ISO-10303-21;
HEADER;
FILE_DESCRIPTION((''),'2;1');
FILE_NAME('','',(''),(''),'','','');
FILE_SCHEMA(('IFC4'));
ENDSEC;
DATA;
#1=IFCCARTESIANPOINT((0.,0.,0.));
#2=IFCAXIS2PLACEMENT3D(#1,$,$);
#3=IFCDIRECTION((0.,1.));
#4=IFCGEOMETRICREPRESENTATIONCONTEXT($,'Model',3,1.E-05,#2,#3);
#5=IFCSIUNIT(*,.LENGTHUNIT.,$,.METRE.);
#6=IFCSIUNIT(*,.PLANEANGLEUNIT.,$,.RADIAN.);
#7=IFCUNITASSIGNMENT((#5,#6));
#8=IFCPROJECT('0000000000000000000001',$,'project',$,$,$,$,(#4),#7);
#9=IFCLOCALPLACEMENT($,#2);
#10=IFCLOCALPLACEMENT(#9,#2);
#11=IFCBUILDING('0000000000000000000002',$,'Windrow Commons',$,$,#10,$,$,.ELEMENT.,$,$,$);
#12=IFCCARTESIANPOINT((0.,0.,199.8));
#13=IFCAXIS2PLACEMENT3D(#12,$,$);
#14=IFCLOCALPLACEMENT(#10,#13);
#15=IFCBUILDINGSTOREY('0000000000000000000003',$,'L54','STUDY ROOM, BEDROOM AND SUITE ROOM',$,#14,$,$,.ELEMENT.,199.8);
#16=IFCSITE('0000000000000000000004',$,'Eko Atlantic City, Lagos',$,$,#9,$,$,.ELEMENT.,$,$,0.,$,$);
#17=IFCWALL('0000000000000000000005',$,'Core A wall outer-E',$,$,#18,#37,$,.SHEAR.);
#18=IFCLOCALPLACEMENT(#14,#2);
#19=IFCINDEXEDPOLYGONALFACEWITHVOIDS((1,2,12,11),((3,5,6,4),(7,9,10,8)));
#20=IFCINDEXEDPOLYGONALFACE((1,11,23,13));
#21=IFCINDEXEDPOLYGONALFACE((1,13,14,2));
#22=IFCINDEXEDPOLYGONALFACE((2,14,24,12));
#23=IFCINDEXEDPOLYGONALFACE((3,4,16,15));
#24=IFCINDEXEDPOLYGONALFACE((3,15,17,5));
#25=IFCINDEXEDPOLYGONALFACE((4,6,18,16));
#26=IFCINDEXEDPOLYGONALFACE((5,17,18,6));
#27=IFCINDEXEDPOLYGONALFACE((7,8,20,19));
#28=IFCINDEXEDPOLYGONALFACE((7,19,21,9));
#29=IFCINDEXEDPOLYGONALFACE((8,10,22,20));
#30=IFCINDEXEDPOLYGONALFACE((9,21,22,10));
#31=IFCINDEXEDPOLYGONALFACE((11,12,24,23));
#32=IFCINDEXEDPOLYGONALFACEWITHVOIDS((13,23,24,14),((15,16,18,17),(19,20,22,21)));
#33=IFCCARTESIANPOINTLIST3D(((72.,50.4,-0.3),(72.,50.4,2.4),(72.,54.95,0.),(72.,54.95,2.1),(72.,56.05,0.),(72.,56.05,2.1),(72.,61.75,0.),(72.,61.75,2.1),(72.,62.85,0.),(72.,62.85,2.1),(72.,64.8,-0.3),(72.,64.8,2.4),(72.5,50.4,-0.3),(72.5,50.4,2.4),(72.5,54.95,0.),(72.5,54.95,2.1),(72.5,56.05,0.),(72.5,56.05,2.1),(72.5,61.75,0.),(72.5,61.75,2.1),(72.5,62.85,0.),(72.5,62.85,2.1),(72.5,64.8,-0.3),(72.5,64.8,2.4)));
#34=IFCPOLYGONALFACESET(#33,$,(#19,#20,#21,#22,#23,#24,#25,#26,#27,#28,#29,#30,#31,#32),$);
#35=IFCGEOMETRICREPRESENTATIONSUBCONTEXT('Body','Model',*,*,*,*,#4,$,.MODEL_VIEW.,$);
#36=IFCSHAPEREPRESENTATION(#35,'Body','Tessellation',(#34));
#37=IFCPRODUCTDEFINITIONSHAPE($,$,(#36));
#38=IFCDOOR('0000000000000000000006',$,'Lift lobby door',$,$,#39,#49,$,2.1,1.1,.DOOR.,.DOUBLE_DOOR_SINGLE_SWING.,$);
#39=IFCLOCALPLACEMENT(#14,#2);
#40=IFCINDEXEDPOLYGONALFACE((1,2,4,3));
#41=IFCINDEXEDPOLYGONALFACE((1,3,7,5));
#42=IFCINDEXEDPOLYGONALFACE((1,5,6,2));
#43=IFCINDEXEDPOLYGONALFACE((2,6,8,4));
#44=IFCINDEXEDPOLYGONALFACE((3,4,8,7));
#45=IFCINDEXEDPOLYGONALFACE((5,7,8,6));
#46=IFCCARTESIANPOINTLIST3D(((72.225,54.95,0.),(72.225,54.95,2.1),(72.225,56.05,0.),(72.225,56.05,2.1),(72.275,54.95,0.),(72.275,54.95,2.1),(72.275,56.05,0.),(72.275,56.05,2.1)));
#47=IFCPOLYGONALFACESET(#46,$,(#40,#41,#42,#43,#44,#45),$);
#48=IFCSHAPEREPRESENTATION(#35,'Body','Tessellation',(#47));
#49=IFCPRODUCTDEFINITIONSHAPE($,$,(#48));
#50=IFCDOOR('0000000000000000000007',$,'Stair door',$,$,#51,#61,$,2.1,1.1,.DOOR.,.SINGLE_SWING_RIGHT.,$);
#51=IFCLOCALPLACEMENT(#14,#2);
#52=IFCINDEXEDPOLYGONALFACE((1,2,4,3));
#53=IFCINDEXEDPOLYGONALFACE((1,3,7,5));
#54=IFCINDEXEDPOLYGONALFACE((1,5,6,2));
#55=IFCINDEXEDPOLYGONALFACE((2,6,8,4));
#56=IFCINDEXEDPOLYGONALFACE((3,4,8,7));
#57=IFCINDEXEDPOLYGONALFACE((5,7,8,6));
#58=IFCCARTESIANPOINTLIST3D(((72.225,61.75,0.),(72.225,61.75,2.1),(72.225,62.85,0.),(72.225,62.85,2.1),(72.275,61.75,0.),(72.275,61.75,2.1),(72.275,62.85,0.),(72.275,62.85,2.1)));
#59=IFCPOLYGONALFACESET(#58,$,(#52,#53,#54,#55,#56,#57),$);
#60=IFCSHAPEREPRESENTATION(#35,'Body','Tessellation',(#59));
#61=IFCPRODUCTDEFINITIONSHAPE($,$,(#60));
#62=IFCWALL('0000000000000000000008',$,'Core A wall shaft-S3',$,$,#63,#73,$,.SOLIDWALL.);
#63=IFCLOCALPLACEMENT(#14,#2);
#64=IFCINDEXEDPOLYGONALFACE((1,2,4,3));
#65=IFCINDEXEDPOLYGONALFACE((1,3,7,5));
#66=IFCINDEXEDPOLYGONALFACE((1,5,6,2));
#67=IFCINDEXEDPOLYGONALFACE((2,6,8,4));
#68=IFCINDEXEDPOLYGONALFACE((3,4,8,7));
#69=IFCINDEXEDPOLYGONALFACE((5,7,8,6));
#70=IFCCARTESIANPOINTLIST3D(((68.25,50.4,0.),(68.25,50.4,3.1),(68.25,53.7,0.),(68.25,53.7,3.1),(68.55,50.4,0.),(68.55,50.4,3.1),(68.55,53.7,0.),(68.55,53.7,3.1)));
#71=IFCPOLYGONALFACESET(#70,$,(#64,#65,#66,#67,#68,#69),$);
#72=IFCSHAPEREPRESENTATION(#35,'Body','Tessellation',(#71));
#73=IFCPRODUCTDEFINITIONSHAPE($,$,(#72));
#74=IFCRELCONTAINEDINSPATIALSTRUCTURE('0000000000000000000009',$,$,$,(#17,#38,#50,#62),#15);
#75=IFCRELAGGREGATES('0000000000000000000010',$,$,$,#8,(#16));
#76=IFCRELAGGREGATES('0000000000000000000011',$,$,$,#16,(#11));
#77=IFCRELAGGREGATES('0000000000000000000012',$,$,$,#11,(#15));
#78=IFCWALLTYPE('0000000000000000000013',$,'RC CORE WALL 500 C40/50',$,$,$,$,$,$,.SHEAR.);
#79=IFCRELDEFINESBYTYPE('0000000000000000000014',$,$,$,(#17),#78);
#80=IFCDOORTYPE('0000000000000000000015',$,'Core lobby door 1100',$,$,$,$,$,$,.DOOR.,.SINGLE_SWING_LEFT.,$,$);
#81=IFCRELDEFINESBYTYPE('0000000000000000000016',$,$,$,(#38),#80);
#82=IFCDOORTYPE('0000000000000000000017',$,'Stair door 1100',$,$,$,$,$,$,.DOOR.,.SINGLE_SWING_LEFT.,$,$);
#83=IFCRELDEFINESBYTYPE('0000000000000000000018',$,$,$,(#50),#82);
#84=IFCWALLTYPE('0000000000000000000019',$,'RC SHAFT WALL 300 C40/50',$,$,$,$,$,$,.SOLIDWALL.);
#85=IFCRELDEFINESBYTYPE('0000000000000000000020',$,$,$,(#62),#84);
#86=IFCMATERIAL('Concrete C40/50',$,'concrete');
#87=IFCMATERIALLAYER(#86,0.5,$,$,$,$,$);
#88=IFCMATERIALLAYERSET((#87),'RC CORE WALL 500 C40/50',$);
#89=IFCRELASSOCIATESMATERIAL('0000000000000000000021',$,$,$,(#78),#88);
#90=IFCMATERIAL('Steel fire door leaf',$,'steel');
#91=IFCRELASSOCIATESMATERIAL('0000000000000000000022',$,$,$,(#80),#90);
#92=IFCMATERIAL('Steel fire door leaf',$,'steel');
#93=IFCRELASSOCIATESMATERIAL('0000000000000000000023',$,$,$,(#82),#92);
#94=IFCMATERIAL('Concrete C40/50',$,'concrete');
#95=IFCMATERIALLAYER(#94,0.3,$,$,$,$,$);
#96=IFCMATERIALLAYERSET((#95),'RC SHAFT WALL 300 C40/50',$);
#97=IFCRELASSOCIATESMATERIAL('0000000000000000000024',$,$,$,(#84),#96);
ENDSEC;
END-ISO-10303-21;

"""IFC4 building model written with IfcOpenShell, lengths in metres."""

from ifc_helpers import new_model, si_unit, direction, frame, frame_2d, origin, place, context, subcontext, project, spatial, rectangle, extrude, material, layer, layer_set, type_object, element, fill, save


model = new_model("IFC4")

# Units and contexts
model_context = context("Model", 3, precision=1e-05, world=origin(), true_north=direction((0.0, 1.0)))
body_context = subcontext(model_context, "Body", "Model", "MODEL_VIEW")
ifc_project = project(units=[si_unit("LENGTHUNIT", "METRE"), si_unit("PLANEANGLEUNIT", "RADIAN")], contexts=[model_context])

# Site, building, storey
site_placement = place(None, origin())
site = spatial("IfcSite", under=ifc_project, at=site_placement, Name="Eko Atlantic City, Lagos", CompositionType="ELEMENT", RefElevation=0.0)
building_placement = place(site_placement, origin())
building = spatial("IfcBuilding", under=site, at=building_placement, Name="Windrow Commons", CompositionType="ELEMENT")
storey_placement = place(building_placement, frame((0.0, 0.0, 199.8)))
storey = spatial("IfcBuildingStorey", under=building, at=storey_placement, Name="L54", Description="STUDY ROOM, BEDROOM AND SUITE ROOM", CompositionType="ELEMENT", Elevation=199.8)

# Wall, openings, doors
ifc_material_1 = material(Name="Concrete C40/50", Category="concrete")
ifc_layer_1 = layer(ifc_material_1, 0.5)
ifc_layer_set_1 = layer_set([ifc_layer_1], Name="RC CORE WALL 500 C40/50")
wall_type_1 = type_object("IfcWallType", Name="RC CORE WALL 500 C40/50", PredefinedType="SHEAR", material=ifc_layer_set_1)
wall_1_placement = place(storey_placement, frame((72.25, 50.4, -0.3), z_axis=(0.0, 0.0, 1.0), x_axis=(0.0, 1.0, 0.0)))
wall_1 = element("IfcWall", 1, at=wall_1_placement, inside=storey, type_object=wall_type_1, Name="Core A wall outer-E", PredefinedType="SHEAR", context=body_context, shape_type="SweptSolid", body=[
    extrude(rectangle(XDim=14.4, YDim=0.5, at=frame_2d((7.2, 0.0))), origin(), (0.0, 0.0, 1.0), 2.7),
])
opening_1_placement = place(wall_1_placement, frame((4.55, 0.0, 0.3)))
opening_1 = element("IfcOpeningElement", 2, at=opening_1_placement, cuts=wall_1, PredefinedType="OPENING", context=body_context, shape_type="SweptSolid", body=[
    extrude(rectangle(XDim=1.1, YDim=2.1, at=frame_2d((0.55, 1.05))), frame((0.0, 0.26, 0.0), z_axis=(0.0, -1.0, 0.0), x_axis=(1.0, 0.0, 0.0)), (0.0, 0.0, 1.0), 0.52),
])
opening_2_placement = place(wall_1_placement, frame((11.35, 0.0, 0.3)))
opening_2 = element("IfcOpeningElement", 3, at=opening_2_placement, cuts=wall_1, PredefinedType="OPENING", context=body_context, shape_type="SweptSolid", body=[
    extrude(rectangle(XDim=1.1, YDim=2.1, at=frame_2d((0.55, 1.05))), frame((0.0, 0.26, 0.0), z_axis=(0.0, -1.0, 0.0), x_axis=(1.0, 0.0, 0.0)), (0.0, 0.0, 1.0), 0.52),
])
ifc_material_2 = material(Name="Steel fire door leaf", Category="steel")
door_type_1 = type_object("IfcDoorType", Name="Core lobby door 1100", OperationType="SINGLE_SWING_LEFT", PredefinedType="DOOR", material=ifc_material_2)
door_1_placement = place(opening_1_placement, origin())
door_1 = element("IfcDoor", 4, at=door_1_placement, inside=storey, type_object=door_type_1, Name="Lift lobby door", OperationType="DOUBLE_DOOR_SINGLE_SWING", OverallHeight=2.1, OverallWidth=1.1, PredefinedType="DOOR", context=body_context, shape_type="SweptSolid", body=[
    extrude(rectangle(XDim=1.1, YDim=2.1, at=frame_2d((0.55, 1.05))), frame((0.0, 0.025, 0.0), z_axis=(0.0, -1.0, 0.0), x_axis=(1.0, 0.0, 0.0)), (0.0, 0.0, 1.0), 0.05),
])
fill(opening_1, door_1)
ifc_material_3 = material(Name="Steel fire door leaf", Category="steel")
door_type_2 = type_object("IfcDoorType", Name="Stair door 1100", OperationType="SINGLE_SWING_LEFT", PredefinedType="DOOR", material=ifc_material_3)
door_2_placement = place(opening_2_placement, origin())
door_2 = element("IfcDoor", 5, at=door_2_placement, inside=storey, type_object=door_type_2, Name="Stair door", OperationType="SINGLE_SWING_RIGHT", OverallHeight=2.1, OverallWidth=1.1, PredefinedType="DOOR", context=body_context, shape_type="SweptSolid", body=[
    extrude(rectangle(XDim=1.1, YDim=2.1, at=frame_2d((0.55, 1.05))), frame((0.0, 0.025, 0.0), z_axis=(0.0, -1.0, 0.0), x_axis=(1.0, 0.0, 0.0)), (0.0, 0.0, 1.0), 0.05),
])
fill(opening_2, door_2)

# Wall
ifc_material_4 = material(Name="Concrete C40/50", Category="concrete")
ifc_layer_2 = layer(ifc_material_4, 0.3)
ifc_layer_set_2 = layer_set([ifc_layer_2], Name="RC SHAFT WALL 300 C40/50")
wall_type_2 = type_object("IfcWallType", Name="RC SHAFT WALL 300 C40/50", PredefinedType="SOLIDWALL", material=ifc_layer_set_2)
wall_2_placement = place(storey_placement, frame((68.4, 50.4, 0.0), z_axis=(0.0, 0.0, 1.0), x_axis=(0.0, 1.0, 0.0)))
element("IfcWall", 6, at=wall_2_placement, inside=storey, type_object=wall_type_2, Name="Core A wall shaft-S3", PredefinedType="SOLIDWALL", context=body_context, shape_type="SweptSolid", body=[
    extrude(rectangle(XDim=3.3, YDim=0.3, at=frame_2d((1.65, 0.0))), origin(), (0.0, 0.0, 1.0), 3.1),
])

save(model, "model.ifc")
